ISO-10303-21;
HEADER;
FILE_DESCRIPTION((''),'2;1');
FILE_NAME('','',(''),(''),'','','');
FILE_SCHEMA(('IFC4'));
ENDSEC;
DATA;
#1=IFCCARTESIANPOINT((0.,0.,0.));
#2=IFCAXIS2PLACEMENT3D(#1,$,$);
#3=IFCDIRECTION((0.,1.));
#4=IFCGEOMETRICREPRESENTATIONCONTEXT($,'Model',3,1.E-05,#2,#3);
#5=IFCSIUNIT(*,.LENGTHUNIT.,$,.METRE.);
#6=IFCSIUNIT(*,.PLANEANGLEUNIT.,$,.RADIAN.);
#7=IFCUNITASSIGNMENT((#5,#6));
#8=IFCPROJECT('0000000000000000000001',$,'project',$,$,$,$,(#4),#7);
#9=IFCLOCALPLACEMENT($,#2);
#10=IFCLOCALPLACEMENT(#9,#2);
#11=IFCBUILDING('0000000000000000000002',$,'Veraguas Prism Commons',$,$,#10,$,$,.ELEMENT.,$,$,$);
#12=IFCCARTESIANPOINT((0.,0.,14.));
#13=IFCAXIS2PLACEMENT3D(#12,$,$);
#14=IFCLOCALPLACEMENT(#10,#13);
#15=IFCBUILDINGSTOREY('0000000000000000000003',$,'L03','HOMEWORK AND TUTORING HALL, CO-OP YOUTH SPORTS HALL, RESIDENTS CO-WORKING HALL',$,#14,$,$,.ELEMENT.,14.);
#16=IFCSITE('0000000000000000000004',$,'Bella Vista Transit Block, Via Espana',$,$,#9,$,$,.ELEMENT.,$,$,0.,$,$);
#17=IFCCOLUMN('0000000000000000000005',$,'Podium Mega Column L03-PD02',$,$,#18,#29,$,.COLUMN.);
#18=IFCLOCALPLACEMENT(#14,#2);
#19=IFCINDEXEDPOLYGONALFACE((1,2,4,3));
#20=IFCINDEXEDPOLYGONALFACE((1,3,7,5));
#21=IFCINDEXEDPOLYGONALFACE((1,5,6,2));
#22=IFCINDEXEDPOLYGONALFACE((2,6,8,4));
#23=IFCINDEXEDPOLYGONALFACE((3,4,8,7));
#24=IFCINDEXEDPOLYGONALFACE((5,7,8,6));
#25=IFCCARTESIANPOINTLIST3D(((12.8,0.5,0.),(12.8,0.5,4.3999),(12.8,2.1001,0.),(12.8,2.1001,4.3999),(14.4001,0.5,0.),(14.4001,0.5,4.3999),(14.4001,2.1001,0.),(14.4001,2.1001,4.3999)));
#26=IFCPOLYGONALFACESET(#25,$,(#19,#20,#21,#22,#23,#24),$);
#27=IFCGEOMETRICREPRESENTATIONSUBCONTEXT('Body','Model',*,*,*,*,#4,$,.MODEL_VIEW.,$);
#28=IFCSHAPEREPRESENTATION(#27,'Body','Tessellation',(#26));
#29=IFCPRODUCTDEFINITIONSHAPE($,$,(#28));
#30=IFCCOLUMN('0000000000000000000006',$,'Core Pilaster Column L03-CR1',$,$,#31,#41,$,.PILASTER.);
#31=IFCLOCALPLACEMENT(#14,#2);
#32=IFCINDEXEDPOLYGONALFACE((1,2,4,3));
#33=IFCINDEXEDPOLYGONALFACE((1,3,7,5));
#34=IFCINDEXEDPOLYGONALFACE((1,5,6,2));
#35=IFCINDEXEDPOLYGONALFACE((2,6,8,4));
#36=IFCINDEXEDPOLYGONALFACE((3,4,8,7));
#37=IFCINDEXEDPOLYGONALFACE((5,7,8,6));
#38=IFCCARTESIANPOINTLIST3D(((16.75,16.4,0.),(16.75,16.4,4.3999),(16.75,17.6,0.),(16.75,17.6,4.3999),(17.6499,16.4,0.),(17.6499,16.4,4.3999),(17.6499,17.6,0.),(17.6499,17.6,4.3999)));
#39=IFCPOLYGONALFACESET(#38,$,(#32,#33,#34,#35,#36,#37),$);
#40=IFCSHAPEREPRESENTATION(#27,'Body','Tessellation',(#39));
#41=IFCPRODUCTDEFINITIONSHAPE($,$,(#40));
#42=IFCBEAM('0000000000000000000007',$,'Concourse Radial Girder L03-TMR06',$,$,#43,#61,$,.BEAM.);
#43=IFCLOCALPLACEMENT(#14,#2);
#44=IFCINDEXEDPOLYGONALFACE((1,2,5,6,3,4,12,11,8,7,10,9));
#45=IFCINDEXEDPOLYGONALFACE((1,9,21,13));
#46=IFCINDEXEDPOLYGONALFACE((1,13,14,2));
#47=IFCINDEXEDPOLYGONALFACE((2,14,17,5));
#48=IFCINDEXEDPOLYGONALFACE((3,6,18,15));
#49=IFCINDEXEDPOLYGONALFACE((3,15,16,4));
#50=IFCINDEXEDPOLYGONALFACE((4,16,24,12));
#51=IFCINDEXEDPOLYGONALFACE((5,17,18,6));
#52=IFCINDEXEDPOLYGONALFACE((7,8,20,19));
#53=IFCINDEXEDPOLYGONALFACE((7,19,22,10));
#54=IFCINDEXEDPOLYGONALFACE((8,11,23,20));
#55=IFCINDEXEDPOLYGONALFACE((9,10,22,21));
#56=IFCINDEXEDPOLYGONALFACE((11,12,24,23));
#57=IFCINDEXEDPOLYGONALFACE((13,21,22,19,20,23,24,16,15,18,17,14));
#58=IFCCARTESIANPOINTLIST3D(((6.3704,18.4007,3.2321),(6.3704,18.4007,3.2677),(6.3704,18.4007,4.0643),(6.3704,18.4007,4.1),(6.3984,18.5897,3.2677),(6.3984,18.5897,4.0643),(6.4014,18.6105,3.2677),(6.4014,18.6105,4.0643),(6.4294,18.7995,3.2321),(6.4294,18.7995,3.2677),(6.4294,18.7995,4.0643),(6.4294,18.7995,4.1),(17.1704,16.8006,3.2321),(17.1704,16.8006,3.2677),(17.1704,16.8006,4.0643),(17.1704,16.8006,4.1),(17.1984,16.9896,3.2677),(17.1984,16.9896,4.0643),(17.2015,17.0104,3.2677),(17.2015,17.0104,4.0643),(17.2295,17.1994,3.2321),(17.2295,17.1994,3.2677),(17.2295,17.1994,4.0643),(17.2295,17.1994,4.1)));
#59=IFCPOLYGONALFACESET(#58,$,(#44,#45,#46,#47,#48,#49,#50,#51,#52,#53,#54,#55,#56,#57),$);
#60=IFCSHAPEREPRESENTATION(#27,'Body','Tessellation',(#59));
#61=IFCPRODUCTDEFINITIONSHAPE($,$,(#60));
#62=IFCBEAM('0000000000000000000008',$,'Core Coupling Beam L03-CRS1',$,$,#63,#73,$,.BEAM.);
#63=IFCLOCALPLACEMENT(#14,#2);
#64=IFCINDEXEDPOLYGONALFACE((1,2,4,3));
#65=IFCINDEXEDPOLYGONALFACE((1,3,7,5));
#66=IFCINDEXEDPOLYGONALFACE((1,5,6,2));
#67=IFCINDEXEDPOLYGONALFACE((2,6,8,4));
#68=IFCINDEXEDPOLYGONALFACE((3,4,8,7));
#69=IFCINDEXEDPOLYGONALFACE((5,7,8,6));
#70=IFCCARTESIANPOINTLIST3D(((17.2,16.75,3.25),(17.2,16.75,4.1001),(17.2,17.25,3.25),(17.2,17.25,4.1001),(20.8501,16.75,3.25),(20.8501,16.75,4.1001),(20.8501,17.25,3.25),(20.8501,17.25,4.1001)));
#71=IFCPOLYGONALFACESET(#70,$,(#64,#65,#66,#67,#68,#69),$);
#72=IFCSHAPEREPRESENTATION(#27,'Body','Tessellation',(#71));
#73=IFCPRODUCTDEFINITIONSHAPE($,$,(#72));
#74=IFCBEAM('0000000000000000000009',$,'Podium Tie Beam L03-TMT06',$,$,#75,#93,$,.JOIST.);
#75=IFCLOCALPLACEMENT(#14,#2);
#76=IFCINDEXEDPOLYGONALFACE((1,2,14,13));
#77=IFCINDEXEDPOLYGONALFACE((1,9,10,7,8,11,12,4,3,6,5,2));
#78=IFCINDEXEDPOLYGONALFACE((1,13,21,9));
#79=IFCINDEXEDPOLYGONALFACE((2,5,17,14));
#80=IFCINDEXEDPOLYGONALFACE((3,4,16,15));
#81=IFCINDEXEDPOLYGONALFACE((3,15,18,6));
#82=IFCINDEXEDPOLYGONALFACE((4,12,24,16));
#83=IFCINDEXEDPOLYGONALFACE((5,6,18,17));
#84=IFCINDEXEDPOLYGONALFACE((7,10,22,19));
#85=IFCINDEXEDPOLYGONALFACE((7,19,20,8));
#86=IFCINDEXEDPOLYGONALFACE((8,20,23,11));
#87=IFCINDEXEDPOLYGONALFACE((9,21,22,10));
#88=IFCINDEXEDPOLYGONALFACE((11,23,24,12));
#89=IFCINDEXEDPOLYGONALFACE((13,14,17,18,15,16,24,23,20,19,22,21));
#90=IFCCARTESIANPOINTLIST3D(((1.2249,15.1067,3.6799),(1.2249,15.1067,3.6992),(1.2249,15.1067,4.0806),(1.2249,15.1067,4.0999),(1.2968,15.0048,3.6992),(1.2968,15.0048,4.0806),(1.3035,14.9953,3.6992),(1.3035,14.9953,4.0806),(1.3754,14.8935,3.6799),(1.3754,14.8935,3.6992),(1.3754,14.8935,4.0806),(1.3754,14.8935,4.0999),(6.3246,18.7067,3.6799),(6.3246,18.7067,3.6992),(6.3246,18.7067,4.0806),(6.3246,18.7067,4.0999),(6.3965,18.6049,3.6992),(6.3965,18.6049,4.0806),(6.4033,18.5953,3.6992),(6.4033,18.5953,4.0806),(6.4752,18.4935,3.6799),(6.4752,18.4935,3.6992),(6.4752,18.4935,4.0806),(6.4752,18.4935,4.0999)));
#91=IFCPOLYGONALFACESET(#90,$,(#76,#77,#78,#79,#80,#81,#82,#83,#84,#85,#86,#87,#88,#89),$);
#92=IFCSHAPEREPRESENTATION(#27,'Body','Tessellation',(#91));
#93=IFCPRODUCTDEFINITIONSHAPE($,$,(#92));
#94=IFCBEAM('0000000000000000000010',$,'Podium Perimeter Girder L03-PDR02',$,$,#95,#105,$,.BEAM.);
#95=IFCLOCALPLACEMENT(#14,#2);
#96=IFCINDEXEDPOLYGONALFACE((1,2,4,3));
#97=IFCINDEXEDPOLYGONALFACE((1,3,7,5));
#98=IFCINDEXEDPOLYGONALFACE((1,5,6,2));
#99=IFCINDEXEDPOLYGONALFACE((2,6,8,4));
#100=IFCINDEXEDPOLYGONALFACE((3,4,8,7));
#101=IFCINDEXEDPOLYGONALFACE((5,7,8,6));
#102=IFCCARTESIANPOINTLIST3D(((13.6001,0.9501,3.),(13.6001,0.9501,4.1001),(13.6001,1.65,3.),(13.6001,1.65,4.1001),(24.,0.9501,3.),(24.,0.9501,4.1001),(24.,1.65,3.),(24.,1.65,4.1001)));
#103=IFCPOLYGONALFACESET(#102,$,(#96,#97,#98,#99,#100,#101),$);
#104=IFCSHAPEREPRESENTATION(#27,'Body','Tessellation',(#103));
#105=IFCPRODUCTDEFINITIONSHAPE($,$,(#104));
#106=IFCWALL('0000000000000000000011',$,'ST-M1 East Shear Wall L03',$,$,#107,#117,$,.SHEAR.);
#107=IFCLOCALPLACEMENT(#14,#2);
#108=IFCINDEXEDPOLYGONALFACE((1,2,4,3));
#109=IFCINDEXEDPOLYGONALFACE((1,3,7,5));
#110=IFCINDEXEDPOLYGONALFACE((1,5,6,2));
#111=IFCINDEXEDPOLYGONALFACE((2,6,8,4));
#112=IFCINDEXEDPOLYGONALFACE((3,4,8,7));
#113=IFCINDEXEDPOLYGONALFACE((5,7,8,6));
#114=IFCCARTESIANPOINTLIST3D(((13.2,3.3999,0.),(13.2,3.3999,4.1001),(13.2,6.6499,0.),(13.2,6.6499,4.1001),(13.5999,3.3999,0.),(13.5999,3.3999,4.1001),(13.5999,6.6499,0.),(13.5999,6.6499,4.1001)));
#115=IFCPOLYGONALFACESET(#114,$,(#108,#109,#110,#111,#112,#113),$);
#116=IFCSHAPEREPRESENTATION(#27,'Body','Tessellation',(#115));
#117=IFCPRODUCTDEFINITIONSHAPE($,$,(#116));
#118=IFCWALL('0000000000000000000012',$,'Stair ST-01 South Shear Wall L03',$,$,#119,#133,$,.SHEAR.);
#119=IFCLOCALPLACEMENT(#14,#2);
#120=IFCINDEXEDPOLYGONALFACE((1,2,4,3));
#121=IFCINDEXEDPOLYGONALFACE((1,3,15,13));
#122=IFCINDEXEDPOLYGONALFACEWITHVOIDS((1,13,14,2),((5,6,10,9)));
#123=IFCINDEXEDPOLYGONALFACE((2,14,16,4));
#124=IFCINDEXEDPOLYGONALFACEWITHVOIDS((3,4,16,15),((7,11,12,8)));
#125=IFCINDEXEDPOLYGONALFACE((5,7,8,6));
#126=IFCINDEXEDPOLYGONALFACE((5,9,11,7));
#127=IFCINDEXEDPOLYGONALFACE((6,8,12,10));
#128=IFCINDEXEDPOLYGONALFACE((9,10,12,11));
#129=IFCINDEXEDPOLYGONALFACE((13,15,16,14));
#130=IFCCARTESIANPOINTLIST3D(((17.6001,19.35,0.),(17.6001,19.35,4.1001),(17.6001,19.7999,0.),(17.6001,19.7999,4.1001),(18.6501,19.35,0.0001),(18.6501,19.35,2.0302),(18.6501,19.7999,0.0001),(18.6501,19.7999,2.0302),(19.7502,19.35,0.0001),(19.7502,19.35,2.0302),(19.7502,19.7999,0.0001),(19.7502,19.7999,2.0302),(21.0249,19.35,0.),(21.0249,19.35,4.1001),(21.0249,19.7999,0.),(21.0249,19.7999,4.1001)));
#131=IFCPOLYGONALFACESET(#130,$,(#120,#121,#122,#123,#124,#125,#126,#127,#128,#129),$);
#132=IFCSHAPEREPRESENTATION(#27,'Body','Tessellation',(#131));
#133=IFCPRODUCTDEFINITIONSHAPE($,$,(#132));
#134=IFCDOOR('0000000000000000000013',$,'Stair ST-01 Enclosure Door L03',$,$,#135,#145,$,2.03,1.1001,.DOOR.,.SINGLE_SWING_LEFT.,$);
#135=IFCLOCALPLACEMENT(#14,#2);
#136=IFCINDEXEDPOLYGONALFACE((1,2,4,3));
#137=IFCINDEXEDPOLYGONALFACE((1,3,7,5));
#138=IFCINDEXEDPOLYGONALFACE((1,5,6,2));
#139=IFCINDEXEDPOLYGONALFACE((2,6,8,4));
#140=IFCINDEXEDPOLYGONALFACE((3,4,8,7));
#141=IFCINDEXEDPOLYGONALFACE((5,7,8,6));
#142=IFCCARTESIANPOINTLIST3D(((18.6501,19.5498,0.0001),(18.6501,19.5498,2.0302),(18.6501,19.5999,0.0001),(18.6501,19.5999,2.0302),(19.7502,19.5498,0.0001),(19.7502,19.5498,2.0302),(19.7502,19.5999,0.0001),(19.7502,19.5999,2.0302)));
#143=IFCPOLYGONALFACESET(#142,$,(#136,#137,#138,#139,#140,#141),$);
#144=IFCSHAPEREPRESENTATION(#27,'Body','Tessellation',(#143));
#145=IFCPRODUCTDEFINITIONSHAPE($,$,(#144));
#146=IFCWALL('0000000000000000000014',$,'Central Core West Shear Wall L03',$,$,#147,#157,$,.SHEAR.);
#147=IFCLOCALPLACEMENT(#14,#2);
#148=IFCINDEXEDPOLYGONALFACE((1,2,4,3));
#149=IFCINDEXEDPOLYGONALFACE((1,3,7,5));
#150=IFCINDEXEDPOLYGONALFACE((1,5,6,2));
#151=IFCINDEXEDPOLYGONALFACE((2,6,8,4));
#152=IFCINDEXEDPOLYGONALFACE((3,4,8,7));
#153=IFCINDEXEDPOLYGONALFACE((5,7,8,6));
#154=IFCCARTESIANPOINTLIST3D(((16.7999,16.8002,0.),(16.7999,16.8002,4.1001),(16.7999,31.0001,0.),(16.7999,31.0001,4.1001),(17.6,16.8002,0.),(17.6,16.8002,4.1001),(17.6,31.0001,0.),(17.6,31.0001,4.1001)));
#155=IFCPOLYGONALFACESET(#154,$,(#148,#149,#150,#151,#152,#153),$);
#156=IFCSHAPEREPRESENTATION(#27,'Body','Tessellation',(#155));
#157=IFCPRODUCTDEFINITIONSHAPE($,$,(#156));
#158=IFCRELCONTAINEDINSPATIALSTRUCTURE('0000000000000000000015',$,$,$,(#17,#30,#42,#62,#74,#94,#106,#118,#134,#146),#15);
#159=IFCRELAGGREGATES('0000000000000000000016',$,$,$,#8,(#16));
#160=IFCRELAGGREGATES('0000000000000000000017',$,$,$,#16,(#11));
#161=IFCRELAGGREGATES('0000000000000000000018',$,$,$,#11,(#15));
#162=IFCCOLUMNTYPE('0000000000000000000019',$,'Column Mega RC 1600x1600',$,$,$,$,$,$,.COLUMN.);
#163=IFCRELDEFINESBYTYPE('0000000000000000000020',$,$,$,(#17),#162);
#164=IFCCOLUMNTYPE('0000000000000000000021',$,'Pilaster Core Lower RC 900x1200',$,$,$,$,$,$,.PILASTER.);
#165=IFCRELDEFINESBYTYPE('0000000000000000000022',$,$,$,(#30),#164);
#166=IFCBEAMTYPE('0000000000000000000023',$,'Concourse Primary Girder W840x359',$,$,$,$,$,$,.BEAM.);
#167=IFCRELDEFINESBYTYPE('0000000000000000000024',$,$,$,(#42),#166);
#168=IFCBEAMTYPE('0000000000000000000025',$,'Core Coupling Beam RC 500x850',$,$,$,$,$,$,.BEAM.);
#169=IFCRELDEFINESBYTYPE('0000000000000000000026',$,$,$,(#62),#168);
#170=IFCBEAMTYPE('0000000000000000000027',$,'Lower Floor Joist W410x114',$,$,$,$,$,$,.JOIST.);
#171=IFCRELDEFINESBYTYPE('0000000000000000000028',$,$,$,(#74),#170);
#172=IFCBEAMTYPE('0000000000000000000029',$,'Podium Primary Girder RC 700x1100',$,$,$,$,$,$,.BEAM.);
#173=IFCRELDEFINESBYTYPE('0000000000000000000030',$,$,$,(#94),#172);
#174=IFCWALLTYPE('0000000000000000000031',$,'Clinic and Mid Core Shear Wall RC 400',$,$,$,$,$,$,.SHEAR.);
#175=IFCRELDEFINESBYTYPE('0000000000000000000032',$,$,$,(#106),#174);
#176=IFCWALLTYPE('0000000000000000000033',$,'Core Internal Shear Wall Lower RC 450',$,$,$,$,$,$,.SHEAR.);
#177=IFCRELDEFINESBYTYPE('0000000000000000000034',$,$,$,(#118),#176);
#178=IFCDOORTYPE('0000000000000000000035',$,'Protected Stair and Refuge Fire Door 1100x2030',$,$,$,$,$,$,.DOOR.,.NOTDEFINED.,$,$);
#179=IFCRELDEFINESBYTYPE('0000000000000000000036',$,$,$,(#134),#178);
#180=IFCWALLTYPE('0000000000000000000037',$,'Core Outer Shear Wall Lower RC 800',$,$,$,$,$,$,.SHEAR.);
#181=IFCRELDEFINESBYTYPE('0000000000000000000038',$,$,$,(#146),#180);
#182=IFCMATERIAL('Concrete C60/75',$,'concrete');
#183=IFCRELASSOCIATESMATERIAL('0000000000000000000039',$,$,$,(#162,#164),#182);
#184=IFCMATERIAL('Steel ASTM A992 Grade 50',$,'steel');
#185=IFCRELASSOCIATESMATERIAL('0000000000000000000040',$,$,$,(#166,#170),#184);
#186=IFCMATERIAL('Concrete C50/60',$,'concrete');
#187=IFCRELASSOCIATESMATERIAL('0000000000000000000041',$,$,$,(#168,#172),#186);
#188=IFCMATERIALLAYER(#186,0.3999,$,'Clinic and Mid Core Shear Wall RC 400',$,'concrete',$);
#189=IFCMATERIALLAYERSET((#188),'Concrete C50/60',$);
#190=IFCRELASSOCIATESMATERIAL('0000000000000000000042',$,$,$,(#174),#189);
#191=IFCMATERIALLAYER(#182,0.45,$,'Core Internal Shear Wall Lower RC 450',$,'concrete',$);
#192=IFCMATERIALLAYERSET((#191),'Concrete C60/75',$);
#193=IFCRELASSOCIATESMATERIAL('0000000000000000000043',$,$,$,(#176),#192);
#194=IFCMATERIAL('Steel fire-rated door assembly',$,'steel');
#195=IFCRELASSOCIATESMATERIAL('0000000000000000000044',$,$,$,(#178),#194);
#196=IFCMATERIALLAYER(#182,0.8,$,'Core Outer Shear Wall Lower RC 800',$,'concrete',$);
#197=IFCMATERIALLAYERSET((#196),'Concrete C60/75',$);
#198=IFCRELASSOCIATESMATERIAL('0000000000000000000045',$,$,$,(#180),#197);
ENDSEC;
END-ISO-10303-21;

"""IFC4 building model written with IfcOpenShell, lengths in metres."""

from ifc_helpers import new_model, si_unit, direction, frame, frame_2d, origin, origin_2d, place, context, subcontext, project, spatial, rectangle, i_section, extrude, source, transform, mapped, material, layer, layer_set, material_profile, profile_set, type_object, element, fill, save


model = new_model("IFC4")

# Units and contexts
model_context = context("Model", 3, precision=1e-05, world=origin(), true_north=direction((0.0, 1.0)))
body_context = subcontext(model_context, "Body", "Model", "MODEL_VIEW")
ifc_project = project(units=[si_unit("LENGTHUNIT", "METRE"), si_unit("PLANEANGLEUNIT", "RADIAN")], contexts=[model_context])

# Site, building, storey
site_placement = place(None, origin())
site = spatial("IfcSite", under=ifc_project, at=site_placement, Name="Bella Vista Transit Block, Via Espana", CompositionType="ELEMENT", RefElevation=0.0)
building_placement = place(site_placement, origin())
building = spatial("IfcBuilding", under=site, at=building_placement, Name="Veraguas Prism Commons", CompositionType="ELEMENT")
storey_placement = place(building_placement, frame((0.0, 0.0, 14.0)))
storey = spatial("IfcBuildingStorey", under=building, at=storey_placement, Name="L03", Description="HOMEWORK AND TUTORING HALL, CO-OP YOUTH SPORTS HALL, RESIDENTS CO-WORKING HALL", CompositionType="ELEMENT", Elevation=14.0)

# Columns
ifc_material_1 = material(Name="Concrete C60/75", Category="concrete")
ifc_material_profile_1 = material_profile(ifc_material_1, rectangle(XDim=1.6001, YDim=1.6001, at=origin_2d()), Name="RC1600X1600")
ifc_profile_set_1 = profile_set([ifc_material_profile_1], Name="Concrete C60/75")
column_type_1 = type_object("IfcColumnType", Name="Column Mega RC 1600x1600", PredefinedType="COLUMN", material=ifc_profile_set_1)
column_1_placement = place(storey_placement, frame((13.6001, 1.3, 0.0), z_axis=(0.0, 0.0, 1.0), x_axis=(1.0, 0.0, 0.0)))
element("IfcColumn", 1, at=column_1_placement, inside=storey, type_object=column_type_1, Name="Podium Mega Column L03-PD02", PredefinedType="COLUMN", context=body_context, shape_type="SweptSolid", body=[
    extrude(rectangle(XDim=1.6001, YDim=1.6001, at=origin_2d()), origin(), (0.0, 0.0, 1.0), 4.3999),
])
ifc_material_profile_2 = material_profile(ifc_material_1, rectangle(XDim=0.8999, YDim=1.2, at=origin_2d()), Name="RC900X1200")
ifc_profile_set_2 = profile_set([ifc_material_profile_2], Name="Concrete C60/75")
column_type_2 = type_object("IfcColumnType", Name="Pilaster Core Lower RC 900x1200", PredefinedType="PILASTER", material=ifc_profile_set_2)
column_2_placement = place(storey_placement, frame((17.2, 17.0, 0.0), z_axis=(0.0, 0.0, 1.0), x_axis=(1.0, 0.0, 0.0)))
element("IfcColumn", 2, at=column_2_placement, inside=storey, type_object=column_type_2, Name="Core Pilaster Column L03-CR1", PredefinedType="PILASTER", context=body_context, shape_type="SweptSolid", body=[
    extrude(rectangle(XDim=0.8999, YDim=1.2, at=origin_2d()), origin(), (0.0, 0.0, 1.0), 4.3999),
])

# Beams
ifc_material_2 = material(Name="Steel ASTM A992 Grade 50", Category="steel")
ifc_material_profile_3 = material_profile(ifc_material_2, i_section(OverallWidth=0.4031, OverallDepth=0.8679, WebThickness=0.021, FlangeThickness=0.0356, at=origin_2d()), Name="W840X359")
ifc_profile_set_3 = profile_set([ifc_material_profile_3], Name="Steel ASTM A992 Grade 50")
beam_type_1 = type_object("IfcBeamType", Name="Concourse Primary Girder W840x359", PredefinedType="BEAM", material=ifc_profile_set_3)
beam_1_placement = place(storey_placement, frame((6.3999, 18.6001, 3.666), z_axis=(0.989202, -0.146557, 0.0), x_axis=(0.146557, 0.989202, 0.0)))
element("IfcBeam", 3, at=beam_1_placement, inside=storey, type_object=beam_type_1, Name="Concourse Radial Girder L03-TMR06", PredefinedType="BEAM", context=body_context, shape_type="SweptSolid", body=[
    extrude(i_section(OverallWidth=0.4031, OverallDepth=0.8679, WebThickness=0.021, FlangeThickness=0.0356, at=origin_2d()), origin(), (0.0, 0.0, 1.0), 10.918),
])
ifc_material_3 = material(Name="Concrete C50/60", Category="concrete")
ifc_material_profile_4 = material_profile(ifc_material_3, rectangle(XDim=0.5, YDim=0.8501, at=origin_2d()), Name="RC500X850")
ifc_profile_set_4 = profile_set([ifc_material_profile_4], Name="Concrete C50/60")
beam_type_2 = type_object("IfcBeamType", Name="Core Coupling Beam RC 500x850", PredefinedType="BEAM", material=ifc_profile_set_4)
beam_2_placement = place(storey_placement, frame((17.2, 17.0, 3.675), z_axis=(1.0, 0.0, 0.0), x_axis=(0.0, 1.0, 0.0)))
element("IfcBeam", 4, at=beam_2_placement, inside=storey, type_object=beam_type_2, Name="Core Coupling Beam L03-CRS1", PredefinedType="BEAM", context=body_context, shape_type="SweptSolid", body=[
    extrude(rectangle(XDim=0.5, YDim=0.8501, at=origin_2d()), origin(), (0.0, 0.0, 1.0), 3.6501),
])
ifc_material_profile_5 = material_profile(ifc_material_2, i_section(OverallWidth=0.261, OverallDepth=0.4199, WebThickness=0.0117, FlangeThickness=0.0193, at=origin_2d()), Name="W410X114")
ifc_profile_set_5 = profile_set([ifc_material_profile_5], Name="Steel ASTM A992 Grade 50")
beam_type_3 = type_object("IfcBeamType", Name="Lower Floor Joist W410x114", PredefinedType="JOIST", material=ifc_profile_set_5)
beam_3_placement = place(storey_placement, frame((6.3999, 18.6001, 3.8899), z_axis=(-0.816953, -0.576705, 0.0), x_axis=(0.576705, -0.816953, 0.0)))
element("IfcBeam", 5, at=beam_3_placement, inside=storey, type_object=beam_type_3, Name="Podium Tie Beam L03-TMT06", PredefinedType="JOIST", context=body_context, shape_type="SweptSolid", body=[
    extrude(i_section(OverallWidth=0.261, OverallDepth=0.4199, WebThickness=0.0117, FlangeThickness=0.0193, at=origin_2d()), origin(), (0.0, 0.0, 1.0), 6.2424),
])
ifc_material_profile_6 = material_profile(ifc_material_3, rectangle(XDim=0.7, YDim=1.1001, at=origin_2d()), Name="RC700X1100")
ifc_profile_set_6 = profile_set([ifc_material_profile_6], Name="Concrete C50/60")
beam_type_4 = type_object("IfcBeamType", Name="Podium Primary Girder RC 700x1100", PredefinedType="BEAM", material=ifc_profile_set_6)
beam_4_placement = place(storey_placement, frame((13.6001, 1.3, 3.55), z_axis=(1.0, 0.0, 0.0), x_axis=(0.0, 1.0, 0.0)))
element("IfcBeam", 6, at=beam_4_placement, inside=storey, type_object=beam_type_4, Name="Podium Perimeter Girder L03-PDR02", PredefinedType="BEAM", context=body_context, shape_type="SweptSolid", body=[
    extrude(rectangle(XDim=0.7, YDim=1.1001, at=origin_2d()), origin(), (0.0, 0.0, 1.0), 10.3999),
])

# Wall
ifc_layer_1 = layer(ifc_material_3, 0.3999, Name="Clinic and Mid Core Shear Wall RC 400", Category="concrete")
ifc_layer_set_1 = layer_set([ifc_layer_1], Name="Concrete C50/60")
wall_type_1 = type_object("IfcWallType", Name="Clinic and Mid Core Shear Wall RC 400", PredefinedType="SHEAR", material=ifc_layer_set_1)
wall_1_placement = place(storey_placement, frame((13.3999, 3.3999, 0.0), z_axis=(0.0, 0.0, 1.0), x_axis=(0.0, 1.0, 0.0)))
element("IfcWall", 7, at=wall_1_placement, inside=storey, type_object=wall_type_1, Name="ST-M1 East Shear Wall L03", PredefinedType="SHEAR", context=body_context, shape_type="SweptSolid", body=[
    extrude(rectangle(XDim=3.25, YDim=0.3999, at=frame_2d((1.625, 0.0))), origin(), (0.0, 0.0, 1.0), 4.1001),
])

# Wall, opening, door
ifc_layer_2 = layer(ifc_material_1, 0.45, Name="Core Internal Shear Wall Lower RC 450", Category="concrete")
ifc_layer_set_2 = layer_set([ifc_layer_2], Name="Concrete C60/75")
wall_type_2 = type_object("IfcWallType", Name="Core Internal Shear Wall Lower RC 450", PredefinedType="SHEAR", material=ifc_layer_set_2)
wall_2_placement = place(storey_placement, frame((17.6001, 19.575, 0.0), z_axis=(0.0, 0.0, 1.0), x_axis=(1.0, 0.0, 0.0)))
wall_2 = element("IfcWall", 8, at=wall_2_placement, inside=storey, type_object=wall_type_2, Name="Stair ST-01 South Shear Wall L03", PredefinedType="SHEAR", context=body_context, shape_type="SweptSolid", body=[
    extrude(rectangle(XDim=3.4248, YDim=0.45, at=frame_2d((1.7124, 0.0))), origin(), (0.0, 0.0, 1.0), 4.1001),
])
opening_1_placement = place(wall_2_placement, frame((1.05, 0.0, 0.0)))
opening_1 = element("IfcOpeningElement", 9, at=opening_1_placement, cuts=wall_2, PredefinedType="OPENING", context=body_context, shape_type="SweptSolid", body=[
    extrude(rectangle(XDim=1.1001, YDim=2.03, at=frame_2d((0.55, 1.0151))), frame((0.0, 0.2349, 0.0), z_axis=(0.0, -1.0, 0.0), x_axis=(1.0, 0.0, 0.0)), (0.0, 0.0, 1.0), 0.47),
])
ifc_material_4 = material(Name="Steel fire-rated door assembly", Category="steel")
door_type_1 = type_object("IfcDoorType", Name="Protected Stair and Refuge Fire Door 1100x2030", OperationType="NOTDEFINED", PredefinedType="DOOR", material=ifc_material_4)
shared_shape_1 = source(origin(), body_context, "Body", "SweptSolid", [
    extrude(rectangle(XDim=1.1001, YDim=2.03, at=frame_2d((0.55, 1.0151))), frame((0.0, 0.0249, 0.0), z_axis=(0.0, -1.0, 0.0), x_axis=(1.0, 0.0, 0.0)), (0.0, 0.0, 1.0), 0.05),
])
door_1_placement = place(opening_1_placement, origin())
door_1 = element("IfcDoor", 10, at=door_1_placement, inside=storey, type_object=door_type_1, Name="Stair ST-01 Enclosure Door L03", OperationType="SINGLE_SWING_LEFT", OverallHeight=2.03, OverallWidth=1.1001, PredefinedType="DOOR", context=body_context, shape_type="MappedRepresentation", body=[
    mapped(shared_shape_1, transform((0.0, 0.0, 0.0), scale=1.0)),
])
fill(opening_1, door_1)

# Wall
ifc_layer_3 = layer(ifc_material_1, 0.8, Name="Core Outer Shear Wall Lower RC 800", Category="concrete")
ifc_layer_set_3 = layer_set([ifc_layer_3], Name="Concrete C60/75")
wall_type_3 = type_object("IfcWallType", Name="Core Outer Shear Wall Lower RC 800", PredefinedType="SHEAR", material=ifc_layer_set_3)
wall_3_placement = place(storey_placement, frame((17.2, 16.8, 0.0), z_axis=(0.0, 0.0, 1.0), x_axis=(0.0, 1.0, 0.0)))
element("IfcWall", 11, at=wall_3_placement, inside=storey, type_object=wall_type_3, Name="Central Core West Shear Wall L03", PredefinedType="SHEAR", context=body_context, shape_type="SweptSolid", body=[
    extrude(rectangle(XDim=14.2, YDim=0.8, at=frame_2d((7.1001, 0.0))), origin(), (0.0, 0.0, 1.0), 4.1001),
])

save(model, "model.ifc")
